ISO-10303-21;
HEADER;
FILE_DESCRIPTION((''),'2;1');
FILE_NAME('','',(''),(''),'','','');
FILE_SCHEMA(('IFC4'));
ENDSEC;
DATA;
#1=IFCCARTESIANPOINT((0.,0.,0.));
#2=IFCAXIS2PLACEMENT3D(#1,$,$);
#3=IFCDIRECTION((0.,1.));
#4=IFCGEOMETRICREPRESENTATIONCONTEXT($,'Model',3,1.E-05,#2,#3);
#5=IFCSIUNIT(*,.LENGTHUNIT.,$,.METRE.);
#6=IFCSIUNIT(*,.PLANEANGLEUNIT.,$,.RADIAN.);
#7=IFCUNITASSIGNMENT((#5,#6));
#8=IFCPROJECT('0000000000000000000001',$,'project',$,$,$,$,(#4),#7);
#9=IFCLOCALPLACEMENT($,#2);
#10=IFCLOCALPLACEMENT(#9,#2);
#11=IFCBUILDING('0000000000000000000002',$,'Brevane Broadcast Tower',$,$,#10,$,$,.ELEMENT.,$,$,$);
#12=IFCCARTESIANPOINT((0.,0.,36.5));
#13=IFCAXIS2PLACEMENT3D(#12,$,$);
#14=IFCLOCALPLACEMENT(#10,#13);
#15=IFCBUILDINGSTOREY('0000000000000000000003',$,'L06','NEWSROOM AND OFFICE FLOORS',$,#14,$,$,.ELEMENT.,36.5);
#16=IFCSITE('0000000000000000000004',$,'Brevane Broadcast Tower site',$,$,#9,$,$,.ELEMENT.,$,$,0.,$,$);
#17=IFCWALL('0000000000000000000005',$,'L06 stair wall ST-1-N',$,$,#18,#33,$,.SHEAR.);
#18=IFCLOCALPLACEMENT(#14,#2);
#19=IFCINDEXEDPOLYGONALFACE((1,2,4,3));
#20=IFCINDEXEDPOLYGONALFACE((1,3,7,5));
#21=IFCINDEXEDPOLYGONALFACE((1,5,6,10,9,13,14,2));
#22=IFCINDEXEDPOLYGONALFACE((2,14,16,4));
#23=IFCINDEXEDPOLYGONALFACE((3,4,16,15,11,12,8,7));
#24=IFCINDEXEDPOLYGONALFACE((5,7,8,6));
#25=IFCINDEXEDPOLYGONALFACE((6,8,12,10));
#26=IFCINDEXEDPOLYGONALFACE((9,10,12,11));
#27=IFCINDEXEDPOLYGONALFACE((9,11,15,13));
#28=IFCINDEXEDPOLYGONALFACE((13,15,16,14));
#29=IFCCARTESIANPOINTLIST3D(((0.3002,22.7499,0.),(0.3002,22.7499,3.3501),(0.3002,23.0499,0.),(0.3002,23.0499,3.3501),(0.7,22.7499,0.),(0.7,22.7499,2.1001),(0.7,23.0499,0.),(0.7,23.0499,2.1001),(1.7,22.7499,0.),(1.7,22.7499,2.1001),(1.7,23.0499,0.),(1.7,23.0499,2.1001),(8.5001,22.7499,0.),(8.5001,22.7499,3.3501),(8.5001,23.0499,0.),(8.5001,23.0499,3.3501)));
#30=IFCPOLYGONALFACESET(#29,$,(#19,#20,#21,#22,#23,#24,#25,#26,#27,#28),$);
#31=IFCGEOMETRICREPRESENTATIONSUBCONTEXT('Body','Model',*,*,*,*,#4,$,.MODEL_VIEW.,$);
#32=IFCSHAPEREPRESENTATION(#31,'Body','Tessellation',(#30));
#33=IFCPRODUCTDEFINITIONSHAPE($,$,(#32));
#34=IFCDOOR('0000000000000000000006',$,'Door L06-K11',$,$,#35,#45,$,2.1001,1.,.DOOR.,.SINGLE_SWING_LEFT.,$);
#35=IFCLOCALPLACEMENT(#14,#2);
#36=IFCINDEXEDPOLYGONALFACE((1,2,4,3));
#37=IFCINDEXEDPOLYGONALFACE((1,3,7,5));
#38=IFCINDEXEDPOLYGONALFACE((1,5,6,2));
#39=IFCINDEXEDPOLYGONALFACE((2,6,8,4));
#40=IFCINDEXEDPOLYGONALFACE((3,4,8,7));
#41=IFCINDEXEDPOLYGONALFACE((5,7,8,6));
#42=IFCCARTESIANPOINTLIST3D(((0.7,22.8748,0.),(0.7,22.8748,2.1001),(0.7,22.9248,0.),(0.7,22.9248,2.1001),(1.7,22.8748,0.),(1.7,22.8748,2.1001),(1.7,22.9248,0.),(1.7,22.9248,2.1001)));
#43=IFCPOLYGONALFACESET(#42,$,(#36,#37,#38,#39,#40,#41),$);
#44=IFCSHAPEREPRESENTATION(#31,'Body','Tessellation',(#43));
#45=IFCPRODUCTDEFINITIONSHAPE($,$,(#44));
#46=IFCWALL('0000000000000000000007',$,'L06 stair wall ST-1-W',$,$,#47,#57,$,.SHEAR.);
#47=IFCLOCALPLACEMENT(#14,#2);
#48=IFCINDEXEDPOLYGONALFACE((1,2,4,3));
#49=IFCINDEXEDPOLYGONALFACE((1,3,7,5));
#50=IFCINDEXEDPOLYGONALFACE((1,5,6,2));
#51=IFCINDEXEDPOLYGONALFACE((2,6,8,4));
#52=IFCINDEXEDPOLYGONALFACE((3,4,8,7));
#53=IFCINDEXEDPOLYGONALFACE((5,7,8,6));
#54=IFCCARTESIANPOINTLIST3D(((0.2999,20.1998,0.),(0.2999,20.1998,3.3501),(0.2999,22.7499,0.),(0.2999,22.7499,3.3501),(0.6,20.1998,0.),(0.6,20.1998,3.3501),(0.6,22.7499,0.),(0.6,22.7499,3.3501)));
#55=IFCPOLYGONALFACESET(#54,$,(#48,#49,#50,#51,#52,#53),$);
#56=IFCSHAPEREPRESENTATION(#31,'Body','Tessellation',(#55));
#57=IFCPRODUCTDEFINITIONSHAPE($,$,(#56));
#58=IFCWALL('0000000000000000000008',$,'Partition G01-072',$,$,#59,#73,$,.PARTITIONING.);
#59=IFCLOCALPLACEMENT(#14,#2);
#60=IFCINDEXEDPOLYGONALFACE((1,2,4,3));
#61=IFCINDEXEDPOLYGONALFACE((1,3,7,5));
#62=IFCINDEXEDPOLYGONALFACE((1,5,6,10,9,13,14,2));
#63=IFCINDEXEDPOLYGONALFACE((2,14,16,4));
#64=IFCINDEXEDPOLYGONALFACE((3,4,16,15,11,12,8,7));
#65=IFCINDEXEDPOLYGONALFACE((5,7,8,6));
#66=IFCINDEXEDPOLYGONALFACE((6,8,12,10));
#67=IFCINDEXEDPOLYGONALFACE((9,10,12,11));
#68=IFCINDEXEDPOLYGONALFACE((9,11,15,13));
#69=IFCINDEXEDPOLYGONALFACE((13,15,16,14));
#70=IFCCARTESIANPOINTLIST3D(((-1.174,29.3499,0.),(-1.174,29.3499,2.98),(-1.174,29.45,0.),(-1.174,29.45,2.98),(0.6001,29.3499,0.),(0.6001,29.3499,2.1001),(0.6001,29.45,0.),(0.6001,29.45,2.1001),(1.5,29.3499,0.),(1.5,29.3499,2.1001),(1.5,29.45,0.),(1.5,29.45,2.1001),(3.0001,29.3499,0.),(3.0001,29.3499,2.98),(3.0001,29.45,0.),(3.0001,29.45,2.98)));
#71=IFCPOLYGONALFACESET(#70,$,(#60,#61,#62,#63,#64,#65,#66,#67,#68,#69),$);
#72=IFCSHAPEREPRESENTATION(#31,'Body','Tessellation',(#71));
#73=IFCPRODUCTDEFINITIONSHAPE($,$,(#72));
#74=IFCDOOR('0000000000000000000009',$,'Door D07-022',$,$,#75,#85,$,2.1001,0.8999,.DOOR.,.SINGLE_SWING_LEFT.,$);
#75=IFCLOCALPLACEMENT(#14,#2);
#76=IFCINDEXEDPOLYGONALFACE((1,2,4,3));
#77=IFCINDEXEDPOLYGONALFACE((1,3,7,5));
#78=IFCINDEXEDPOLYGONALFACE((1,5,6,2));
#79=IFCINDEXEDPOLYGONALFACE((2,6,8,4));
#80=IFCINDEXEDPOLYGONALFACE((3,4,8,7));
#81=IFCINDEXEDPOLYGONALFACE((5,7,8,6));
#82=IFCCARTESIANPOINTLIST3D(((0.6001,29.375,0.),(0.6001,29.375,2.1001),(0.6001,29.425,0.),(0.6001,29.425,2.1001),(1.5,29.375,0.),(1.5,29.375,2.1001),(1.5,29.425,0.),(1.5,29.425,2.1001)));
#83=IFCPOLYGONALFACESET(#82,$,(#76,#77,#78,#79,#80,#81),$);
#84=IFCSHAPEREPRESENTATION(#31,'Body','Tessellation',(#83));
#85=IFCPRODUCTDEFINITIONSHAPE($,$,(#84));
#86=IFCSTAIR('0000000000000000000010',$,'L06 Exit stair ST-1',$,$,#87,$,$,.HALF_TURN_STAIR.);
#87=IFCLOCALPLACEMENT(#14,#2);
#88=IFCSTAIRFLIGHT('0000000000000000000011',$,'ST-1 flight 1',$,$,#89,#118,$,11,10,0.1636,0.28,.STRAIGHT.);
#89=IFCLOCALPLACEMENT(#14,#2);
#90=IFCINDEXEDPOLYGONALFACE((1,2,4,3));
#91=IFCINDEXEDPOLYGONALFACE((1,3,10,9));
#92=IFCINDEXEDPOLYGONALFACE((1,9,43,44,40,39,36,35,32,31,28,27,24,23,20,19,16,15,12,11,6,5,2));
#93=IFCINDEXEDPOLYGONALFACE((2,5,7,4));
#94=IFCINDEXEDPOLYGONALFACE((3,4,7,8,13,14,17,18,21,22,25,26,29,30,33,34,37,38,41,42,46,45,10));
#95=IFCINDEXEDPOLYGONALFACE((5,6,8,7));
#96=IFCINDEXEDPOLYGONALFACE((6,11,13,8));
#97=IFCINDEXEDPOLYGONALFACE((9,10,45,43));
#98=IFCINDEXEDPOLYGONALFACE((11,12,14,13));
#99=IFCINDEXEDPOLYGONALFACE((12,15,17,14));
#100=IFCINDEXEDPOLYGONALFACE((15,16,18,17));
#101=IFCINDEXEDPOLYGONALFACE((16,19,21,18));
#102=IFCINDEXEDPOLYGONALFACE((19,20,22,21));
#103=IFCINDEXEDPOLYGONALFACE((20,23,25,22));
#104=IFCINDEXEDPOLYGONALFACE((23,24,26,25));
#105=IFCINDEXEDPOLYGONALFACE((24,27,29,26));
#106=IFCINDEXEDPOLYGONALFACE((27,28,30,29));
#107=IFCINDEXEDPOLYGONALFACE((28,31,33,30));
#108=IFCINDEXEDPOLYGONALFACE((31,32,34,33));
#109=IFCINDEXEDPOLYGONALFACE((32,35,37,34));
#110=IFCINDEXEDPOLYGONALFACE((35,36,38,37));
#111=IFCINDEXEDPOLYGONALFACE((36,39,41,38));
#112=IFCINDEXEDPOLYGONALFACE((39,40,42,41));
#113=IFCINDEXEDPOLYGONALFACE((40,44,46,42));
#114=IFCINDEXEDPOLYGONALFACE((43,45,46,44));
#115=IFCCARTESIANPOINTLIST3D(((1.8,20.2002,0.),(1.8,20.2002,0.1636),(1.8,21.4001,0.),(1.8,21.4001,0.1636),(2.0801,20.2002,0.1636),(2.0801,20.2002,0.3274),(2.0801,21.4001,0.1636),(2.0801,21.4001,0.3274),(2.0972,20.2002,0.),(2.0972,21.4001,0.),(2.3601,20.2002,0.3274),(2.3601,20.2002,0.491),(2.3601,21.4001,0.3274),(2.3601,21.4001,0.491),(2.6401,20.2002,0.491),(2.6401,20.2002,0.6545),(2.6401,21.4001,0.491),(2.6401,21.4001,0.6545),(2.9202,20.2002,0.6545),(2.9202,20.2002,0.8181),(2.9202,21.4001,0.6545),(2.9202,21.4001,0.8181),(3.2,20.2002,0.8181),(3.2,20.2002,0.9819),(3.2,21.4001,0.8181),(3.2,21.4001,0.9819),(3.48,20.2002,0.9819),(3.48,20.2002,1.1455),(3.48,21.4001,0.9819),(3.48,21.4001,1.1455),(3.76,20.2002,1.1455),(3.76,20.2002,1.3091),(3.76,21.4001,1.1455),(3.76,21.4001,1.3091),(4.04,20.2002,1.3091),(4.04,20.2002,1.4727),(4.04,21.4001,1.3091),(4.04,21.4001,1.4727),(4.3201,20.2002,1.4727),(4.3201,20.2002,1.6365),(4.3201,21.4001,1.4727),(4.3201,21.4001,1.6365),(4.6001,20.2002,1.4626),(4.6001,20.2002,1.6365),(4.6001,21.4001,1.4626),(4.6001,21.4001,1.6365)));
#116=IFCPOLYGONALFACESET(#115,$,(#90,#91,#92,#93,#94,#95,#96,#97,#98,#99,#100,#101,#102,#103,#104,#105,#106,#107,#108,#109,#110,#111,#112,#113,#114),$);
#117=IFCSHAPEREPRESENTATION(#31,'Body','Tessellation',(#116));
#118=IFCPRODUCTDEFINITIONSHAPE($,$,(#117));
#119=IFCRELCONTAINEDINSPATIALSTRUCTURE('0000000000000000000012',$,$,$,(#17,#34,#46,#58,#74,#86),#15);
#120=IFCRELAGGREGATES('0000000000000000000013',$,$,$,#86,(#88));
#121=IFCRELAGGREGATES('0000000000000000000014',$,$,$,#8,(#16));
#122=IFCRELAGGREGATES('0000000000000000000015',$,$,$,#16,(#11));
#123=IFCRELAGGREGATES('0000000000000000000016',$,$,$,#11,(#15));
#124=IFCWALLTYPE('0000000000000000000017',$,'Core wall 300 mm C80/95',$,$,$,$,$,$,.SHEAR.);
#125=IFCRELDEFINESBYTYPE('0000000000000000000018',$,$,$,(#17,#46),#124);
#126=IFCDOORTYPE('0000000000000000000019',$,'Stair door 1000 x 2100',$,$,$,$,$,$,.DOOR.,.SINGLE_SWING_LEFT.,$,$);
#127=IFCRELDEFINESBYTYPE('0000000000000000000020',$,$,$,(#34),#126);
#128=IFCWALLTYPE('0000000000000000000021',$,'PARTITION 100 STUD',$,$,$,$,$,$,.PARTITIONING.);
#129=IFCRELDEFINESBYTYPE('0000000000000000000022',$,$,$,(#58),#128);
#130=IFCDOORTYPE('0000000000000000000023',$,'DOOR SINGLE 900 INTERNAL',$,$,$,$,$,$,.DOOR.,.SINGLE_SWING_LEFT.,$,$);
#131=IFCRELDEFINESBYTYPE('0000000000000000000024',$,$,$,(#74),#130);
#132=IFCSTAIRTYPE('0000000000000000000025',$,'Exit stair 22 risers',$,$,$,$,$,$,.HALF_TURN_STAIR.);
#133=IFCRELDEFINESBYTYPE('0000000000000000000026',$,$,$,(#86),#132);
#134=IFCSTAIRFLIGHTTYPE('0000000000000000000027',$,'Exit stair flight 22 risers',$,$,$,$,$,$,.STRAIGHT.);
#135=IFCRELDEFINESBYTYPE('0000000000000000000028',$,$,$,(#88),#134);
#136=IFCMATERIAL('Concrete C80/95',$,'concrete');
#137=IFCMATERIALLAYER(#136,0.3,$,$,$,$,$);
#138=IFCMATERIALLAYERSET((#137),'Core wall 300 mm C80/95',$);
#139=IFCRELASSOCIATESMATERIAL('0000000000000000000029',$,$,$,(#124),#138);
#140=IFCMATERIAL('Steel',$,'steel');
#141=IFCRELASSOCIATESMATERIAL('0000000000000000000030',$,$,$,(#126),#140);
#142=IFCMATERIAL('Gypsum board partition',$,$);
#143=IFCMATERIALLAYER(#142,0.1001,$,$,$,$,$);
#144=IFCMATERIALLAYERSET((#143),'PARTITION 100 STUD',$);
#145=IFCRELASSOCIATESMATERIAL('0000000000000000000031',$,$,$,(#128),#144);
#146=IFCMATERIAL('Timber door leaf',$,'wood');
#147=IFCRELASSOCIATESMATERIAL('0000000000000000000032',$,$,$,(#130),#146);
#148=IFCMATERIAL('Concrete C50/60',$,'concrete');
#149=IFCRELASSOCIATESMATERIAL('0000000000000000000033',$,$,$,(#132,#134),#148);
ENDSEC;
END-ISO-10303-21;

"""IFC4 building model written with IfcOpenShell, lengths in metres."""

from ifc_helpers import new_model, si_unit, direction, frame, frame_2d, origin, place, context, subcontext, project, spatial, polyline, rectangle, outline, extrude, material, layer, layer_set, type_object, element, fill, aggregate, save


model = new_model("IFC4")

# Units and contexts
model_context = context("Model", 3, precision=1e-05, world=origin(), true_north=direction((0.0, 1.0)))
body_context = subcontext(model_context, "Body", "Model", "MODEL_VIEW")
ifc_project = project(units=[si_unit("LENGTHUNIT", "METRE"), si_unit("PLANEANGLEUNIT", "RADIAN")], contexts=[model_context])

# Site, building, storey
site_placement = place(None, origin())
site = spatial("IfcSite", under=ifc_project, at=site_placement, Name="Brevane Broadcast Tower site", CompositionType="ELEMENT", RefElevation=0.0)
building_placement = place(site_placement, origin())
building = spatial("IfcBuilding", under=site, at=building_placement, Name="Brevane Broadcast Tower", CompositionType="ELEMENT")
storey_placement = place(building_placement, frame((0.0, 0.0, 36.5)))
storey = spatial("IfcBuildingStorey", under=building, at=storey_placement, Name="L06", Description="NEWSROOM AND OFFICE FLOORS", CompositionType="ELEMENT", Elevation=36.5)

# Shared definitions
ifc_material_1 = material(Name="Concrete C80/95", Category="concrete")

# Shared definitions
ifc_material_2 = material(Name="Concrete C50/60", Category="concrete")

# Wall, opening, door
ifc_layer_1 = layer(ifc_material_1, 0.3)
ifc_layer_set_1 = layer_set([ifc_layer_1], Name="Core wall 300 mm C80/95")
wall_type_1 = type_object("IfcWallType", Name="Core wall 300 mm C80/95", PredefinedType="SHEAR", material=ifc_layer_set_1)
wall_1_placement = place(storey_placement, frame((0.3, 22.8999, 0.0), z_axis=(0.0, 0.0, 1.0), x_axis=(1.0, 0.0, 0.0)))
wall_1 = element("IfcWall", 1, at=wall_1_placement, inside=storey, type_object=wall_type_1, Name="L06 stair wall ST-1-N", PredefinedType="SHEAR", context=body_context, shape_type="SweptSolid", body=[
    extrude(rectangle(XDim=8.2, YDim=0.3, at=frame_2d((4.1001, 0.0))), origin(), (0.0, 0.0, 1.0), 3.3501),
])
opening_1_placement = place(wall_1_placement, frame((0.3999, 0.0, 0.0)))
opening_1 = element("IfcOpeningElement", 2, at=opening_1_placement, cuts=wall_1, PredefinedType="OPENING", context=body_context, shape_type="SweptSolid", body=[
    extrude(rectangle(XDim=1.0, YDim=2.1001, at=frame_2d((0.5, 1.05))), frame((0.0, 0.1599, 0.0), z_axis=(0.0, -1.0, 0.0), x_axis=(1.0, 0.0, 0.0)), (0.0, 0.0, 1.0), 0.3201),
])
ifc_material_3 = material(Name="Steel", Category="steel")
door_type_1 = type_object("IfcDoorType", Name="Stair door 1000 x 2100", OperationType="SINGLE_SWING_LEFT", PredefinedType="DOOR", material=ifc_material_3)
door_1_placement = place(opening_1_placement, origin())
door_1 = element("IfcDoor", 3, at=door_1_placement, inside=storey, type_object=door_type_1, Name="Door L06-K11", OperationType="SINGLE_SWING_LEFT", OverallHeight=2.1001, OverallWidth=1.0, PredefinedType="DOOR", context=body_context, shape_type="SweptSolid", body=[
    extrude(rectangle(XDim=1.0, YDim=2.1001, at=frame_2d((0.5, 1.05))), frame((0.0, 0.0249, 0.0), z_axis=(0.0, -1.0, 0.0), x_axis=(1.0, 0.0, 0.0)), (0.0, 0.0, 1.0), 0.05),
])
fill(opening_1, door_1)

# Wall
wall_2_placement = place(storey_placement, frame((0.45, 20.2, 0.0), z_axis=(0.0, 0.0, 1.0), x_axis=(0.0, 1.0, 0.0)))
element("IfcWall", 4, at=wall_2_placement, inside=storey, type_object=wall_type_1, Name="L06 stair wall ST-1-W", PredefinedType="SHEAR", context=body_context, shape_type="SweptSolid", body=[
    extrude(rectangle(XDim=2.55, YDim=0.3, at=frame_2d((1.2749, 0.0))), origin(), (0.0, 0.0, 1.0), 3.3501),
])

# Wall, opening, door
ifc_material_4 = material(Name="Gypsum board partition")
ifc_layer_2 = layer(ifc_material_4, 0.1001)
ifc_layer_set_2 = layer_set([ifc_layer_2], Name="PARTITION 100 STUD")
wall_type_2 = type_object("IfcWallType", Name="PARTITION 100 STUD", PredefinedType="PARTITIONING", material=ifc_layer_set_2)
wall_3_placement = place(storey_placement, frame((3.0, 29.3999, 0.0), z_axis=(0.0, 0.0, 1.0), x_axis=(-1.0, 0.0, 0.0)))
wall_3 = element("IfcWall", 5, at=wall_3_placement, inside=storey, type_object=wall_type_2, Name="Partition G01-072", PredefinedType="PARTITIONING", context=body_context, shape_type="SweptSolid", body=[
    extrude(rectangle(XDim=4.1741, YDim=0.1001, at=frame_2d((2.0869, 0.0))), origin(), (0.0, 0.0, 1.0), 2.98),
])
opening_2_placement = place(wall_3_placement, frame((1.5, 0.0, 0.0)))
opening_2 = element("IfcOpeningElement", 6, at=opening_2_placement, cuts=wall_3, PredefinedType="OPENING", context=body_context, shape_type="SweptSolid", body=[
    extrude(rectangle(XDim=0.8999, YDim=2.1001, at=frame_2d((0.45, 1.05))), frame((0.0, 0.0601, 0.0), z_axis=(0.0, -1.0, 0.0), x_axis=(1.0, 0.0, 0.0)), (0.0, 0.0, 1.0), 0.1201),
])
ifc_material_5 = material(Name="Timber door leaf", Category="wood")
door_type_2 = type_object("IfcDoorType", Name="DOOR SINGLE 900 INTERNAL", OperationType="SINGLE_SWING_LEFT", PredefinedType="DOOR", material=ifc_material_5)
door_2_placement = place(opening_2_placement, origin())
door_2 = element("IfcDoor", 7, at=door_2_placement, inside=storey, type_object=door_type_2, Name="Door D07-022", OperationType="SINGLE_SWING_LEFT", OverallHeight=2.1001, OverallWidth=0.8999, PredefinedType="DOOR", context=body_context, shape_type="SweptSolid", body=[
    extrude(rectangle(XDim=0.8999, YDim=2.1001, at=frame_2d((0.45, 1.05))), frame((0.0, 0.0249, 0.0), z_axis=(0.0, -1.0, 0.0), x_axis=(1.0, 0.0, 0.0)), (0.0, 0.0, 1.0), 0.05),
])
fill(opening_2, door_2)

# Stair, stair flight
stair_type = type_object("IfcStairType", Name="Exit stair 22 risers", PredefinedType="HALF_TURN_STAIR", material=ifc_material_2)
stair_placement = place(storey_placement, origin())
stair = element("IfcStair", 8, at=stair_placement, inside=storey, type_object=stair_type, Name="L06 Exit stair ST-1", PredefinedType="HALF_TURN_STAIR")
stair_flight_type = type_object("IfcStairFlightType", Name="Exit stair flight 22 risers", PredefinedType="STRAIGHT", material=ifc_material_2)
stair_flight_placement = place(storey_placement, frame((1.8, 20.8, 0.0), z_axis=(0.0, 0.0, 1.0), x_axis=(1.0, 0.0, 0.0)))
stair_flight = element("IfcStairFlight", 9, at=stair_flight_placement, type_object=stair_flight_type, Name="ST-1 flight 1", NumberOfRisers=11, NumberOfTreads=10, PredefinedType="STRAIGHT", RiserHeight=0.1636, TreadLength=0.28, context=body_context, shape_type="SweptSolid", body=[
    extrude(outline(polyline([(0.0, 0.0), (0.0, 0.1636), (0.28, 0.1636), (0.28, 0.3274), (0.5601, 0.3274), (0.5601, 0.491), (0.8401, 0.491), (0.8401, 0.6545), (1.1201, 0.6545), (1.1201, 0.8181), (1.3999, 0.8181), (1.3999, 0.9819), (1.6799, 0.9819), (1.6799, 1.1455), (1.96, 1.1455), (1.96, 1.3091), (2.24, 1.3091), (2.24, 1.4727), (2.52, 1.4727), (2.52, 1.6365), (2.8, 1.6365), (2.8, 1.8), (2.8, 1.4626), (0.2971, 0.0), (0.0, 0.0)])), frame((0.0, 0.6001, 0.0), z_axis=(0.0, -1.0, 0.0), x_axis=(1.0, 0.0, 0.0)), (0.0, 0.0, 1.0), 1.2),
])
aggregate(stair, [stair_flight])

save(model, "model.ifc")
